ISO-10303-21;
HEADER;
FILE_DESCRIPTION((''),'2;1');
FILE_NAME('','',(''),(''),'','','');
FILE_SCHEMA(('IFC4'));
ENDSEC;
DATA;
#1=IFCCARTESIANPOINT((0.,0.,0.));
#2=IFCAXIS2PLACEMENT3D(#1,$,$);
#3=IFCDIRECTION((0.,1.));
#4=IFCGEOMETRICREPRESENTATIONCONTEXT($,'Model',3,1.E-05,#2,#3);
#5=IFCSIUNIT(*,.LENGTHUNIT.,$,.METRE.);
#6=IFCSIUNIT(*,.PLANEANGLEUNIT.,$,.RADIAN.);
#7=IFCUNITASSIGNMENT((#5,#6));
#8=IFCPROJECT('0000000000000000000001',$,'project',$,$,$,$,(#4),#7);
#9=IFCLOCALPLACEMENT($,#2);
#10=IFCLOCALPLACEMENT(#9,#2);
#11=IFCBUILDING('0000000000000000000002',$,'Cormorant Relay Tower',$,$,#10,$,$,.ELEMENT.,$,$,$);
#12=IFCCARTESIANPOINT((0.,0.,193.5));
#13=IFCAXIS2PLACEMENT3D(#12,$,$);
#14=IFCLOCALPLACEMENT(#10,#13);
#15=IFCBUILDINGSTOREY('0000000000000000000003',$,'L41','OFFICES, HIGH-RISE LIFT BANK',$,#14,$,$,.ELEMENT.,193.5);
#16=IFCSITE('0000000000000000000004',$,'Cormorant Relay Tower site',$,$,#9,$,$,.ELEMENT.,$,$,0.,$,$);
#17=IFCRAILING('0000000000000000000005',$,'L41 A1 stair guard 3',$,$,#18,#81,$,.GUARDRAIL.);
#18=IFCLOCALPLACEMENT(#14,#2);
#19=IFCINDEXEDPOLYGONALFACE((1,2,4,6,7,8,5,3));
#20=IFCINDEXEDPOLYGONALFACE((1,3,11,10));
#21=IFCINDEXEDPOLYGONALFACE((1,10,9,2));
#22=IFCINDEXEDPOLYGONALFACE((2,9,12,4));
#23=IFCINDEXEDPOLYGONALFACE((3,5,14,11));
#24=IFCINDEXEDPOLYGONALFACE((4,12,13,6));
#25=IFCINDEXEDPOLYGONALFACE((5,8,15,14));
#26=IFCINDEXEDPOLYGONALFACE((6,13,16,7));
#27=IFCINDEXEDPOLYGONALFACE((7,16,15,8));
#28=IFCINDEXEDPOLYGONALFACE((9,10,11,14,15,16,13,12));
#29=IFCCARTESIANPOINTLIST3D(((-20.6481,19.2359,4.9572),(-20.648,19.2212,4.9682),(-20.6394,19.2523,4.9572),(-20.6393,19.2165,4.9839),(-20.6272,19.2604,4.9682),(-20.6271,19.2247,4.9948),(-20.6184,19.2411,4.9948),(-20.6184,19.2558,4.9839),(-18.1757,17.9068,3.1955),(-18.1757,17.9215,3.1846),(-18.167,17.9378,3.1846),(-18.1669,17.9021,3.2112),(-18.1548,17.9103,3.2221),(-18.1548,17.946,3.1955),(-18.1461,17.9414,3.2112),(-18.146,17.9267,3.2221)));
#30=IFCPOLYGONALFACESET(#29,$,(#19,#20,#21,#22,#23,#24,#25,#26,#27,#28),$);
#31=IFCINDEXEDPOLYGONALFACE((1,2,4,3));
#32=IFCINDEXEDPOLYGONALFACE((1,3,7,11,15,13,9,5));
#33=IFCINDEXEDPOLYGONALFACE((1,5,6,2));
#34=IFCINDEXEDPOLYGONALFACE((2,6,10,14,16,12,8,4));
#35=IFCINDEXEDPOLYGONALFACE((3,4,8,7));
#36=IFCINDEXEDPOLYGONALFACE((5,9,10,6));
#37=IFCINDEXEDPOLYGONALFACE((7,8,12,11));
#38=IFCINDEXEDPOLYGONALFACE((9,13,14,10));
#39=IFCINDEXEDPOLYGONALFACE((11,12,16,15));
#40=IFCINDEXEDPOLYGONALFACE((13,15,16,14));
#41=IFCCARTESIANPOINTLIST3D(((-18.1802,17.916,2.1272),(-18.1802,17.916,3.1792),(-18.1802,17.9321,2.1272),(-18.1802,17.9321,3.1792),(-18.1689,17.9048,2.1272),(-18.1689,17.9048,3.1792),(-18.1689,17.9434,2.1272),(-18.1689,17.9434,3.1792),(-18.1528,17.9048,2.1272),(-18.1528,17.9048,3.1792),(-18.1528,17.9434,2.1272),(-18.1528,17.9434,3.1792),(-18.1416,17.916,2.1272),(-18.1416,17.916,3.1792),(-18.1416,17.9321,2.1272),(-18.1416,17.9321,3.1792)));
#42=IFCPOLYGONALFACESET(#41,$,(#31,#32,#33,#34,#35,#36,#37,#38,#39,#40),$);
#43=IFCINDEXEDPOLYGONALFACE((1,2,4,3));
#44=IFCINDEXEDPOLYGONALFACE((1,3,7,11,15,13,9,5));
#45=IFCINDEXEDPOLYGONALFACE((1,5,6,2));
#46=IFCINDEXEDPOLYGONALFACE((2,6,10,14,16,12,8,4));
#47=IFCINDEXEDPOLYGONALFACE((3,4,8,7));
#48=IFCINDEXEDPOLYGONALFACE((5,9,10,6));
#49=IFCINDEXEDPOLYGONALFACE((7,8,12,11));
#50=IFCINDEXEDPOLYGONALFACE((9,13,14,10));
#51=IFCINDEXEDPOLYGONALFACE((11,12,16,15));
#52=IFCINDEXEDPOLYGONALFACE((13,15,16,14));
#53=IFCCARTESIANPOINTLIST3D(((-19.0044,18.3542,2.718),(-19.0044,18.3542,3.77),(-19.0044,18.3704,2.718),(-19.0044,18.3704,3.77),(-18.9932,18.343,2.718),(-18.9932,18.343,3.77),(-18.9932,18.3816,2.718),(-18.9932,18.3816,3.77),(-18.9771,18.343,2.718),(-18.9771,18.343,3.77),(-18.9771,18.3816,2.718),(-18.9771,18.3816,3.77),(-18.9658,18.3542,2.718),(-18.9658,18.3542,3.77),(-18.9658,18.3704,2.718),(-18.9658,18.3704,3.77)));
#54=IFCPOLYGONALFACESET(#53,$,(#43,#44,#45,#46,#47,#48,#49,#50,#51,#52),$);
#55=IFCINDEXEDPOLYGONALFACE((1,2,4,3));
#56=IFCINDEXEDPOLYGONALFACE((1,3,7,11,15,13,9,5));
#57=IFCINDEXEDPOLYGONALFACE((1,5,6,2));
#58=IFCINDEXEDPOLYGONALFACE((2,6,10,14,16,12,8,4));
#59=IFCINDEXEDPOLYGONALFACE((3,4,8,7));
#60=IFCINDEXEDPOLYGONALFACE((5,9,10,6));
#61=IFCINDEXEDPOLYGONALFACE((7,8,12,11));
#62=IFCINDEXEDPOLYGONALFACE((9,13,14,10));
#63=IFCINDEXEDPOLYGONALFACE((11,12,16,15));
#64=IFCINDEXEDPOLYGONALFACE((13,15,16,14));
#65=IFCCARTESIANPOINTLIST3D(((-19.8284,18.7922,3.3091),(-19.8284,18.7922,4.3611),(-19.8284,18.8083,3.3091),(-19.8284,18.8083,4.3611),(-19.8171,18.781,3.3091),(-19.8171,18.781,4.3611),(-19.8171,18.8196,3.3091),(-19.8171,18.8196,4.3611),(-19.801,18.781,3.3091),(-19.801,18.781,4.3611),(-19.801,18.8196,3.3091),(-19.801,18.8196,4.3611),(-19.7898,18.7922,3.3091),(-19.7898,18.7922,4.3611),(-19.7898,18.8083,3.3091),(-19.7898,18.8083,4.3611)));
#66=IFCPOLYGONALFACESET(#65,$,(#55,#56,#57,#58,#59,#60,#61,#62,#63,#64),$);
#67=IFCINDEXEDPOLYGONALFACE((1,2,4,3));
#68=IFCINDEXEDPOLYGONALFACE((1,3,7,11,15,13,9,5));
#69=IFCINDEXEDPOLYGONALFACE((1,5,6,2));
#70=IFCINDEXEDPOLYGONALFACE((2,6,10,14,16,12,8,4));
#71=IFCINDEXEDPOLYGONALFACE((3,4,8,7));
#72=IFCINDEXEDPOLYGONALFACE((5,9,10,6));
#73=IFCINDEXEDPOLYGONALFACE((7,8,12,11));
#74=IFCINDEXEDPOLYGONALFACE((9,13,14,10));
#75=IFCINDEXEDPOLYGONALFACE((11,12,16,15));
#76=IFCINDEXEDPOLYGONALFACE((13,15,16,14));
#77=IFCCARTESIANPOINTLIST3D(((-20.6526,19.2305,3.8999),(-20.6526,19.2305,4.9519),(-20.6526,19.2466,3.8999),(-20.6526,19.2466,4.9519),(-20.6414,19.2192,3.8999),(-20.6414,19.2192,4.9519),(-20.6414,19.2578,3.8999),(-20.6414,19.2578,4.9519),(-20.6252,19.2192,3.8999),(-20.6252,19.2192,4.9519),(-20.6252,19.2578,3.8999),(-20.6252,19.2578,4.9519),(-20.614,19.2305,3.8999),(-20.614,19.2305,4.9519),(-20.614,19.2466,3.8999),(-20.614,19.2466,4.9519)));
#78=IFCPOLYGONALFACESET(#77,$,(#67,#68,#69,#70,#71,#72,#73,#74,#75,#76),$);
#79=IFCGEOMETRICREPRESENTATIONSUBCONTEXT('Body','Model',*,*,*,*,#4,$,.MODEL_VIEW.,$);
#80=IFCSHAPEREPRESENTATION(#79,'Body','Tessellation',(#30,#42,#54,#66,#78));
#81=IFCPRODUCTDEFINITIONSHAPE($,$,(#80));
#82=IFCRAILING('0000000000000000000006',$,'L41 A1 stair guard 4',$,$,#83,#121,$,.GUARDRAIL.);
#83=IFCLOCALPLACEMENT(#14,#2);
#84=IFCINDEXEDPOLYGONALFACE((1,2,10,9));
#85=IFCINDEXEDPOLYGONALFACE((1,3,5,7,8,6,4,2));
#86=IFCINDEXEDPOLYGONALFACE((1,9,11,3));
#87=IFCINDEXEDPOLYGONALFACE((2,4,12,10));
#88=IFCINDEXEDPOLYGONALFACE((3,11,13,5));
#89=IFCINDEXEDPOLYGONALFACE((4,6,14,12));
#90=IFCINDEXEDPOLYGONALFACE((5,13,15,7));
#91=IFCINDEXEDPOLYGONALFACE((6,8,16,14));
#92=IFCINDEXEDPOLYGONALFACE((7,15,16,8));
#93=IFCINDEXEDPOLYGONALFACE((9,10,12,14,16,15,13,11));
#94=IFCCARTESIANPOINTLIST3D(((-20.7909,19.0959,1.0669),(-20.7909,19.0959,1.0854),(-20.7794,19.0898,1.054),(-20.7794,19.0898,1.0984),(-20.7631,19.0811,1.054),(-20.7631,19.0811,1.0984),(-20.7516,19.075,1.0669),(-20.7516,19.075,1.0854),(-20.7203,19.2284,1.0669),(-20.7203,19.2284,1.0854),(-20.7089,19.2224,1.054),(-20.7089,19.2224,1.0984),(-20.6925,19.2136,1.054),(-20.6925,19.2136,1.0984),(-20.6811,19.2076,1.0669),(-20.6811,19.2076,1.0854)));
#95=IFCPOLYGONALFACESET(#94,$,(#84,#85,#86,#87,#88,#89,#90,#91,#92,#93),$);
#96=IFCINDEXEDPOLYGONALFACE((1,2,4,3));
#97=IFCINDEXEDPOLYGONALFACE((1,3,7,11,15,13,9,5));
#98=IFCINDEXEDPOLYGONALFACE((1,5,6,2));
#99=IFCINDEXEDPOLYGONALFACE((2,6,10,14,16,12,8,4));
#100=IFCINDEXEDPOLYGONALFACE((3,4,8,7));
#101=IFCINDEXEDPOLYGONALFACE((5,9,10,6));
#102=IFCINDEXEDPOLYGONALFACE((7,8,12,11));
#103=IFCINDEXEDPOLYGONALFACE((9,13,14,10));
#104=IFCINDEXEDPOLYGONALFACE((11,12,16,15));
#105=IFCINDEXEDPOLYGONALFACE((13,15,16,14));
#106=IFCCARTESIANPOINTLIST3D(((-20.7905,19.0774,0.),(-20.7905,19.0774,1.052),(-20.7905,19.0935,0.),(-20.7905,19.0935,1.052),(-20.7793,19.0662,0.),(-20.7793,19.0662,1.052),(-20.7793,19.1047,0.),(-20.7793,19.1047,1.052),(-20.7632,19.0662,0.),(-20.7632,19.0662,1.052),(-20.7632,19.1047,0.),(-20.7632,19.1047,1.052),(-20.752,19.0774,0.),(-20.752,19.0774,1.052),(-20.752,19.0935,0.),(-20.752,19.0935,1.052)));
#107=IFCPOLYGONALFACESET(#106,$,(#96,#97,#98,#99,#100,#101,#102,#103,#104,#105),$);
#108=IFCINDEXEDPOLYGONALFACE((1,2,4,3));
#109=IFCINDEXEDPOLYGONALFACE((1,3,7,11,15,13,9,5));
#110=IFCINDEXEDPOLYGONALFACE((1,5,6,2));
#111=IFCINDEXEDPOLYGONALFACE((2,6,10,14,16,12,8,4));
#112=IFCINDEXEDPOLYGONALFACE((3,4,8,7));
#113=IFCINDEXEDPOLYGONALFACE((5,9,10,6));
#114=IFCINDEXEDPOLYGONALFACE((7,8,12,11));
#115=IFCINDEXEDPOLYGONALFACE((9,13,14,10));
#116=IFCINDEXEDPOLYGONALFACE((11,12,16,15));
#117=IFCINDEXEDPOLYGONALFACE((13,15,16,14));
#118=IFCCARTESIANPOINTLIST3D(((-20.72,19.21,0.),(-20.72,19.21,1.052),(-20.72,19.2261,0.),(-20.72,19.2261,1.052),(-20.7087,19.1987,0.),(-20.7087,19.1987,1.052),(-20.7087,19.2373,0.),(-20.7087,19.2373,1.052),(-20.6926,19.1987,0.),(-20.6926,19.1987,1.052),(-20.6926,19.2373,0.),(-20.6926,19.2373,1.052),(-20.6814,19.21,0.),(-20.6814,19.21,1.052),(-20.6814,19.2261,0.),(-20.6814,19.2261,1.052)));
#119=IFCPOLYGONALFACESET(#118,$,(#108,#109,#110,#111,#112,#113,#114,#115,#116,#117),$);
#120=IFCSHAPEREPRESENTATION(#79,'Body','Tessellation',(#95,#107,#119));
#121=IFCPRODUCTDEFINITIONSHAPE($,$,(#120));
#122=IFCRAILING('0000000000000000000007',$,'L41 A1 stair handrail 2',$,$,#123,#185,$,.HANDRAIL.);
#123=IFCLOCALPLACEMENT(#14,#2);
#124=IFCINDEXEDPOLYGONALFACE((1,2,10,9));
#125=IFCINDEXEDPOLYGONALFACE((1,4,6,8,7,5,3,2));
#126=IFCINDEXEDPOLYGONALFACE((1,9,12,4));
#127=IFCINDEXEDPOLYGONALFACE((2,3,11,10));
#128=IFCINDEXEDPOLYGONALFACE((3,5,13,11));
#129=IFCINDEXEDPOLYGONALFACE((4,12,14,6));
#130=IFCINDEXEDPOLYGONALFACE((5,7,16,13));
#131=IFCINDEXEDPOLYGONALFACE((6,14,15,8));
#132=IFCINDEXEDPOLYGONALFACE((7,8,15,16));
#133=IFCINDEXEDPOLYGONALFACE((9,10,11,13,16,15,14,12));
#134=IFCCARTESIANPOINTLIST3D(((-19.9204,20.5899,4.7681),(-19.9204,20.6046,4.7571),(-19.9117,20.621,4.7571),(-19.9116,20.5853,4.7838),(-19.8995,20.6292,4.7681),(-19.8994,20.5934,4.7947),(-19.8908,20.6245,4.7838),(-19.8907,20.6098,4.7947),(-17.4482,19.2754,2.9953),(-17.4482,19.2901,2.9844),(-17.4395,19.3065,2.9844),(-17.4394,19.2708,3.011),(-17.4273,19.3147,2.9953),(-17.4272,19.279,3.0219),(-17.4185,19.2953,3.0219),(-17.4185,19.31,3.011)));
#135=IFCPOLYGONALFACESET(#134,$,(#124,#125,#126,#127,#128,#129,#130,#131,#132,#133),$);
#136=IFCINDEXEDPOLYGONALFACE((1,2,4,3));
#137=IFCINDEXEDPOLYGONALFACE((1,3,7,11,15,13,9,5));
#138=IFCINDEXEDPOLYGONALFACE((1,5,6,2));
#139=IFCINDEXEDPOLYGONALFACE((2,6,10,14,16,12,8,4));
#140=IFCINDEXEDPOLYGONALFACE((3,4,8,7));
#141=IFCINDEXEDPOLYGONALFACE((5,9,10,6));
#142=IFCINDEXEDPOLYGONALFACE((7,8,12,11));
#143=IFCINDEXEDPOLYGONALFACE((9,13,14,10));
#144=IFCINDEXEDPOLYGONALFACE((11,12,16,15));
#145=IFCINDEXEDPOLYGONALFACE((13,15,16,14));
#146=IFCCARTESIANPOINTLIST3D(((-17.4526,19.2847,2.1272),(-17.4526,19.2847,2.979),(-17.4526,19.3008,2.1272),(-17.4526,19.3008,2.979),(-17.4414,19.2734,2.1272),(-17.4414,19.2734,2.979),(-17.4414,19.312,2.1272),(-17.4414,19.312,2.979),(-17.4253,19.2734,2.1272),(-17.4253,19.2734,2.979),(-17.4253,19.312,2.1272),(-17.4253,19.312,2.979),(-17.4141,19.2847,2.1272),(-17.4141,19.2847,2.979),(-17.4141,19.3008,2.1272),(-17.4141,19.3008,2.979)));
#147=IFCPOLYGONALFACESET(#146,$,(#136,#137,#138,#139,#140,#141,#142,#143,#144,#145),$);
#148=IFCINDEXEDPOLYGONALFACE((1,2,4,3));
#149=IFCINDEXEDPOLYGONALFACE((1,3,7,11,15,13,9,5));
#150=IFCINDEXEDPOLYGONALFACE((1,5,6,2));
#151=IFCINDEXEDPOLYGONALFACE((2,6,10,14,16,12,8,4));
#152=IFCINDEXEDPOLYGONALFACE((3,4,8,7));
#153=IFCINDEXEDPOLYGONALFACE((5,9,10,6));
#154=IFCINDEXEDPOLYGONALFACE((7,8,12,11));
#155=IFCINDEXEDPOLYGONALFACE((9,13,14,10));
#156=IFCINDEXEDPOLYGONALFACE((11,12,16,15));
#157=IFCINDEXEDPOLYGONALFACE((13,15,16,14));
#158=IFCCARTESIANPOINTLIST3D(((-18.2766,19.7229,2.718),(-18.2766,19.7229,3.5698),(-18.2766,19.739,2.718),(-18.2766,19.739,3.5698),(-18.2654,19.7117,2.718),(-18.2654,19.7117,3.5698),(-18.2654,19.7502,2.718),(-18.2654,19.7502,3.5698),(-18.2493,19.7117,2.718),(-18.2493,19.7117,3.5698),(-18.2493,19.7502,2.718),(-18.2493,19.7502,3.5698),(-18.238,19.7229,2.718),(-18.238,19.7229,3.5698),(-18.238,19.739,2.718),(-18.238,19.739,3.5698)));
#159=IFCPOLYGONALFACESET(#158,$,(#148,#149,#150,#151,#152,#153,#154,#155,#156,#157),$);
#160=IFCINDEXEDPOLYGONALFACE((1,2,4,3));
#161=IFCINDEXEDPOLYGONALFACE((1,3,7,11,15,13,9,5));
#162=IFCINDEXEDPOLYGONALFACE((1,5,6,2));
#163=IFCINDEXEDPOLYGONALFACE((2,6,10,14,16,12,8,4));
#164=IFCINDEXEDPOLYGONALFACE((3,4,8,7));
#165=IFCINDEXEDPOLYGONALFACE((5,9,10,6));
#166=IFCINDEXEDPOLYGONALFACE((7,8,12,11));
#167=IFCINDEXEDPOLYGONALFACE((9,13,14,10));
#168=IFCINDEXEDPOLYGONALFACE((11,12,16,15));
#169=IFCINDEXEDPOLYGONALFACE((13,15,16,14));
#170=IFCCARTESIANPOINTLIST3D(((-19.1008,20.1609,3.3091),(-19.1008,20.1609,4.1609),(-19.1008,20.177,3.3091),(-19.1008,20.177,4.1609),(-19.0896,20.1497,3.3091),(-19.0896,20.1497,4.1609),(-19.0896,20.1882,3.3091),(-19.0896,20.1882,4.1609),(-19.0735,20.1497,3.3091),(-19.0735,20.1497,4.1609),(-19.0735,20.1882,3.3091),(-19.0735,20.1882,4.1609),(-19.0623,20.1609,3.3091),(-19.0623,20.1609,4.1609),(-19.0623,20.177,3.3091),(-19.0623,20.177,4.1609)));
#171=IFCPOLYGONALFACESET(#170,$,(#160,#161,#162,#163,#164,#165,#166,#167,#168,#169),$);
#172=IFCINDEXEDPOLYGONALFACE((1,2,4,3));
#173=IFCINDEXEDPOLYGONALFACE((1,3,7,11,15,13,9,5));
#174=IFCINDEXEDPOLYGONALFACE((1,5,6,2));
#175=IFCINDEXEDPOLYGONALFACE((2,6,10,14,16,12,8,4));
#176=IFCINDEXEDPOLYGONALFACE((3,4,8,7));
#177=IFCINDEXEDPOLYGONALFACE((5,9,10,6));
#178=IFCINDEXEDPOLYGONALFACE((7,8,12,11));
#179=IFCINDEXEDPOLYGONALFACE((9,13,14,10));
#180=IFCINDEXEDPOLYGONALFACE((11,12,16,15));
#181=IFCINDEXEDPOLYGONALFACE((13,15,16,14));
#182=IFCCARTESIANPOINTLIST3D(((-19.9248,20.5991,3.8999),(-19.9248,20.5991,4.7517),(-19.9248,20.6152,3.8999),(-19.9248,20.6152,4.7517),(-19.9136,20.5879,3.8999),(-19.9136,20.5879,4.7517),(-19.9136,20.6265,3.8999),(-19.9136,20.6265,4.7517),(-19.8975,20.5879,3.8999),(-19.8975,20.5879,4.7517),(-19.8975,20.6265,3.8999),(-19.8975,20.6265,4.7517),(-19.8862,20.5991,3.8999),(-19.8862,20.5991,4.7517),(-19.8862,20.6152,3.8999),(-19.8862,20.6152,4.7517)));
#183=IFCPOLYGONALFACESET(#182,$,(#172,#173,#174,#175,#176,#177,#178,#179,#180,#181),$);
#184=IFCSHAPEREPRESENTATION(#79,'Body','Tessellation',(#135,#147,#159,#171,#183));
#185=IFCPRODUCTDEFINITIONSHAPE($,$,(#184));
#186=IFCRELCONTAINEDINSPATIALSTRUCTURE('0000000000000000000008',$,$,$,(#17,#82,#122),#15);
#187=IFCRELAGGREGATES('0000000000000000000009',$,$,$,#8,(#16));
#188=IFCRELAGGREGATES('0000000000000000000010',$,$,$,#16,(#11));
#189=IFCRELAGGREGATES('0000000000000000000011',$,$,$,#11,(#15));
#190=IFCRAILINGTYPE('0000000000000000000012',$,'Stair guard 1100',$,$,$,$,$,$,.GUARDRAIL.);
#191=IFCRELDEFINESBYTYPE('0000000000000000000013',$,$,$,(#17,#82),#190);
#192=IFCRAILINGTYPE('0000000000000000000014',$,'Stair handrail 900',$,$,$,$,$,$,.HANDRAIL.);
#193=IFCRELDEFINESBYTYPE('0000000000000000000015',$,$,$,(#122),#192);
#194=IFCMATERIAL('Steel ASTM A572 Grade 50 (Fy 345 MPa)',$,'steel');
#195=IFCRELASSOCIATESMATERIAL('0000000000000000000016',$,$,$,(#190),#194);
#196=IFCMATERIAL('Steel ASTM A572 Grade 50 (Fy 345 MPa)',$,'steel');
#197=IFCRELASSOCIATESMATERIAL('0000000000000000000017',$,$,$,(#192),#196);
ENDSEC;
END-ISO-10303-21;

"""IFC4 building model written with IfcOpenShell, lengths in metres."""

from ifc_helpers import new_model, si_unit, direction, frame, origin, place, context, subcontext, project, spatial, polyline, outline, extrude, material, type_object, element, save


model = new_model("IFC4")

# Units and contexts
model_context = context("Model", 3, precision=1e-05, world=origin(), true_north=direction((0.0, 1.0)))
body_context = subcontext(model_context, "Body", "Model", "MODEL_VIEW")
ifc_project = project(units=[si_unit("LENGTHUNIT", "METRE"), si_unit("PLANEANGLEUNIT", "RADIAN")], contexts=[model_context])

# Site, building, storey
site_placement = place(None, origin())
site = spatial("IfcSite", under=ifc_project, at=site_placement, Name="Cormorant Relay Tower site", CompositionType="ELEMENT", RefElevation=0.0)
building_placement = place(site_placement, origin())
building = spatial("IfcBuilding", under=site, at=building_placement, Name="Cormorant Relay Tower", CompositionType="ELEMENT")
storey_placement = place(building_placement, frame((0.0, 0.0, 193.5)))
storey = spatial("IfcBuildingStorey", under=building, at=storey_placement, Name="L41", Description="OFFICES, HIGH-RISE LIFT BANK", CompositionType="ELEMENT", Elevation=193.5)

# Railings
ifc_material_1 = material(Name="Steel ASTM A572 Grade 50 (Fy 345 MPa)", Category="steel")
railing_type_1 = type_object("IfcRailingType", Name="Stair guard 1100", PredefinedType="GUARDRAIL", material=ifc_material_1)
railing_1_placement = place(storey_placement, frame((-18.1609, 17.9241, 2.1272)))
element("IfcRailing", 1, at=railing_1_placement, inside=storey, type_object=railing_type_1, Name="L41 A1 stair guard 3", PredefinedType="GUARDRAIL", context=body_context, shape_type="SweptSolid", body=[
    extrude(outline(polyline([(0.0222, 0.0093), (0.0093, 0.0222), (-0.0093, 0.0222), (-0.0222, 0.0093), (-0.0222, -0.0093), (-0.0093, -0.0222), (0.0093, -0.0222), (0.0222, -0.0093), (0.0222, 0.0093)])), frame((0.0, 0.0, 1.0762), z_axis=(-0.746034, 0.396627, 0.534902), x_axis=(-0.469429, -0.88297, 0.0)), (0.0, 0.0, 1.0), 3.314),
    extrude(outline(polyline([(0.0193, 0.0081), (0.0081, 0.0193), (-0.0081, 0.0193), (-0.0193, 0.0081), (-0.0193, -0.0081), (-0.0081, -0.0193), (0.0081, -0.0193), (0.0193, -0.0081), (0.0193, 0.0081)])), origin(), (0.0, 0.0, 1.0), 1.052),
    extrude(outline(polyline([(0.0193, 0.0081), (0.0081, 0.0193), (-0.0081, 0.0193), (-0.0193, 0.0081), (-0.0193, -0.0081), (-0.0081, -0.0193), (0.0081, -0.0193), (0.0193, -0.0081), (0.0193, 0.0081)])), frame((-0.8242, 0.4382, 0.5908)), (0.0, 0.0, 1.0), 1.052),
    extrude(outline(polyline([(0.0193, 0.0081), (0.0081, 0.0193), (-0.0081, 0.0193), (-0.0193, 0.0081), (-0.0193, -0.0081), (-0.0081, -0.0193), (0.0081, -0.0193), (0.0193, -0.0081), (0.0193, 0.0081)])), frame((-1.6482, 0.8762, 1.1819)), (0.0, 0.0, 1.0), 1.052),
    extrude(outline(polyline([(0.0193, 0.0081), (0.0081, 0.0193), (-0.0081, 0.0193), (-0.0193, 0.0081), (-0.0193, -0.0081), (-0.0081, -0.0193), (0.0081, -0.0193), (0.0193, -0.0081), (0.0193, 0.0081)])), frame((-2.4724, 1.3145, 1.7727)), (0.0, 0.0, 1.0), 1.052),
])
railing_2_placement = place(storey_placement, frame((-20.7712, 19.0854, 0.0)))
element("IfcRailing", 2, at=railing_2_placement, inside=storey, type_object=railing_type_1, Name="L41 A1 stair guard 4", PredefinedType="GUARDRAIL", context=body_context, shape_type="SweptSolid", body=[
    extrude(outline(polyline([(0.0222, 0.0093), (0.0093, 0.0222), (-0.0093, 0.0222), (-0.0222, 0.0093), (-0.0222, -0.0093), (-0.0093, -0.0222), (0.0093, -0.0222), (0.0222, -0.0093), (0.0222, 0.0093)])), frame((0.0, 0.0, 1.0762), z_axis=(0.469829, 0.882758, 0.0), x_axis=(-0.882758, 0.469829, 0.0)), (0.0, 0.0, 1.0), 0.1501),
    extrude(outline(polyline([(0.0193, 0.0081), (0.0081, 0.0193), (-0.0081, 0.0193), (-0.0193, 0.0081), (-0.0193, -0.0081), (-0.0081, -0.0193), (0.0081, -0.0193), (0.0193, -0.0081), (0.0193, 0.0081)])), origin(), (0.0, 0.0, 1.0), 1.052),
    extrude(outline(polyline([(0.0193, 0.0081), (0.0081, 0.0193), (-0.0081, 0.0193), (-0.0193, 0.0081), (-0.0193, -0.0081), (-0.0081, -0.0193), (0.0081, -0.0193), (0.0193, -0.0081), (0.0193, 0.0081)])), frame((0.0706, 0.1326, 0.0)), (0.0, 0.0, 1.0), 1.052),
])
ifc_material_2 = material(Name="Steel ASTM A572 Grade 50 (Fy 345 MPa)", Category="steel")
railing_type_2 = type_object("IfcRailingType", Name="Stair handrail 900", PredefinedType="HANDRAIL", material=ifc_material_2)
railing_3_placement = place(storey_placement, frame((-17.4333, 19.2927, 2.1272)))
element("IfcRailing", 3, at=railing_3_placement, inside=storey, type_object=railing_type_2, Name="L41 A1 stair handrail 2", PredefinedType="HANDRAIL", context=body_context, shape_type="SweptSolid", body=[
    extrude(outline(polyline([(0.0222, 0.0093), (0.0093, 0.0222), (-0.0093, 0.0222), (-0.0222, 0.0093), (-0.0222, -0.0093), (-0.0093, -0.0222), (0.0093, -0.0222), (0.0222, -0.0093), (0.0222, 0.0093)])), frame((0.0, 0.0, 0.876), z_axis=(-0.746001, 0.396649, 0.534931), x_axis=(-0.469465, -0.882951, 0.0)), (0.0, 0.0, 1.0), 3.314),
    extrude(outline(polyline([(0.0193, 0.0081), (0.0081, 0.0193), (-0.0081, 0.0193), (-0.0193, 0.0081), (-0.0193, -0.0081), (-0.0081, -0.0193), (0.0081, -0.0193), (0.0193, -0.0081), (0.0193, 0.0081)])), origin(), (0.0, 0.0, 1.0), 0.8518),
    extrude(outline(polyline([(0.0193, 0.0081), (0.0081, 0.0193), (-0.0081, 0.0193), (-0.0193, 0.0081), (-0.0193, -0.0081), (-0.0081, -0.0193), (0.0081, -0.0193), (0.0193, -0.0081), (0.0193, 0.0081)])), frame((-0.824, 0.4382, 0.5908)), (0.0, 0.0, 1.0), 0.8518),
    extrude(outline(polyline([(0.0193, 0.0081), (0.0081, 0.0193), (-0.0081, 0.0193), (-0.0193, 0.0081), (-0.0193, -0.0081), (-0.0081, -0.0193), (0.0081, -0.0193), (0.0193, -0.0081), (0.0193, 0.0081)])), frame((-1.6482, 0.8762, 1.1819)), (0.0, 0.0, 1.0), 0.8518),
    extrude(outline(polyline([(0.0193, 0.0081), (0.0081, 0.0193), (-0.0081, 0.0193), (-0.0193, 0.0081), (-0.0193, -0.0081), (-0.0081, -0.0193), (0.0081, -0.0193), (0.0193, -0.0081), (0.0193, 0.0081)])), frame((-2.4722, 1.3145, 1.7727)), (0.0, 0.0, 1.0), 0.8518),
])

save(model, "model.ifc")
